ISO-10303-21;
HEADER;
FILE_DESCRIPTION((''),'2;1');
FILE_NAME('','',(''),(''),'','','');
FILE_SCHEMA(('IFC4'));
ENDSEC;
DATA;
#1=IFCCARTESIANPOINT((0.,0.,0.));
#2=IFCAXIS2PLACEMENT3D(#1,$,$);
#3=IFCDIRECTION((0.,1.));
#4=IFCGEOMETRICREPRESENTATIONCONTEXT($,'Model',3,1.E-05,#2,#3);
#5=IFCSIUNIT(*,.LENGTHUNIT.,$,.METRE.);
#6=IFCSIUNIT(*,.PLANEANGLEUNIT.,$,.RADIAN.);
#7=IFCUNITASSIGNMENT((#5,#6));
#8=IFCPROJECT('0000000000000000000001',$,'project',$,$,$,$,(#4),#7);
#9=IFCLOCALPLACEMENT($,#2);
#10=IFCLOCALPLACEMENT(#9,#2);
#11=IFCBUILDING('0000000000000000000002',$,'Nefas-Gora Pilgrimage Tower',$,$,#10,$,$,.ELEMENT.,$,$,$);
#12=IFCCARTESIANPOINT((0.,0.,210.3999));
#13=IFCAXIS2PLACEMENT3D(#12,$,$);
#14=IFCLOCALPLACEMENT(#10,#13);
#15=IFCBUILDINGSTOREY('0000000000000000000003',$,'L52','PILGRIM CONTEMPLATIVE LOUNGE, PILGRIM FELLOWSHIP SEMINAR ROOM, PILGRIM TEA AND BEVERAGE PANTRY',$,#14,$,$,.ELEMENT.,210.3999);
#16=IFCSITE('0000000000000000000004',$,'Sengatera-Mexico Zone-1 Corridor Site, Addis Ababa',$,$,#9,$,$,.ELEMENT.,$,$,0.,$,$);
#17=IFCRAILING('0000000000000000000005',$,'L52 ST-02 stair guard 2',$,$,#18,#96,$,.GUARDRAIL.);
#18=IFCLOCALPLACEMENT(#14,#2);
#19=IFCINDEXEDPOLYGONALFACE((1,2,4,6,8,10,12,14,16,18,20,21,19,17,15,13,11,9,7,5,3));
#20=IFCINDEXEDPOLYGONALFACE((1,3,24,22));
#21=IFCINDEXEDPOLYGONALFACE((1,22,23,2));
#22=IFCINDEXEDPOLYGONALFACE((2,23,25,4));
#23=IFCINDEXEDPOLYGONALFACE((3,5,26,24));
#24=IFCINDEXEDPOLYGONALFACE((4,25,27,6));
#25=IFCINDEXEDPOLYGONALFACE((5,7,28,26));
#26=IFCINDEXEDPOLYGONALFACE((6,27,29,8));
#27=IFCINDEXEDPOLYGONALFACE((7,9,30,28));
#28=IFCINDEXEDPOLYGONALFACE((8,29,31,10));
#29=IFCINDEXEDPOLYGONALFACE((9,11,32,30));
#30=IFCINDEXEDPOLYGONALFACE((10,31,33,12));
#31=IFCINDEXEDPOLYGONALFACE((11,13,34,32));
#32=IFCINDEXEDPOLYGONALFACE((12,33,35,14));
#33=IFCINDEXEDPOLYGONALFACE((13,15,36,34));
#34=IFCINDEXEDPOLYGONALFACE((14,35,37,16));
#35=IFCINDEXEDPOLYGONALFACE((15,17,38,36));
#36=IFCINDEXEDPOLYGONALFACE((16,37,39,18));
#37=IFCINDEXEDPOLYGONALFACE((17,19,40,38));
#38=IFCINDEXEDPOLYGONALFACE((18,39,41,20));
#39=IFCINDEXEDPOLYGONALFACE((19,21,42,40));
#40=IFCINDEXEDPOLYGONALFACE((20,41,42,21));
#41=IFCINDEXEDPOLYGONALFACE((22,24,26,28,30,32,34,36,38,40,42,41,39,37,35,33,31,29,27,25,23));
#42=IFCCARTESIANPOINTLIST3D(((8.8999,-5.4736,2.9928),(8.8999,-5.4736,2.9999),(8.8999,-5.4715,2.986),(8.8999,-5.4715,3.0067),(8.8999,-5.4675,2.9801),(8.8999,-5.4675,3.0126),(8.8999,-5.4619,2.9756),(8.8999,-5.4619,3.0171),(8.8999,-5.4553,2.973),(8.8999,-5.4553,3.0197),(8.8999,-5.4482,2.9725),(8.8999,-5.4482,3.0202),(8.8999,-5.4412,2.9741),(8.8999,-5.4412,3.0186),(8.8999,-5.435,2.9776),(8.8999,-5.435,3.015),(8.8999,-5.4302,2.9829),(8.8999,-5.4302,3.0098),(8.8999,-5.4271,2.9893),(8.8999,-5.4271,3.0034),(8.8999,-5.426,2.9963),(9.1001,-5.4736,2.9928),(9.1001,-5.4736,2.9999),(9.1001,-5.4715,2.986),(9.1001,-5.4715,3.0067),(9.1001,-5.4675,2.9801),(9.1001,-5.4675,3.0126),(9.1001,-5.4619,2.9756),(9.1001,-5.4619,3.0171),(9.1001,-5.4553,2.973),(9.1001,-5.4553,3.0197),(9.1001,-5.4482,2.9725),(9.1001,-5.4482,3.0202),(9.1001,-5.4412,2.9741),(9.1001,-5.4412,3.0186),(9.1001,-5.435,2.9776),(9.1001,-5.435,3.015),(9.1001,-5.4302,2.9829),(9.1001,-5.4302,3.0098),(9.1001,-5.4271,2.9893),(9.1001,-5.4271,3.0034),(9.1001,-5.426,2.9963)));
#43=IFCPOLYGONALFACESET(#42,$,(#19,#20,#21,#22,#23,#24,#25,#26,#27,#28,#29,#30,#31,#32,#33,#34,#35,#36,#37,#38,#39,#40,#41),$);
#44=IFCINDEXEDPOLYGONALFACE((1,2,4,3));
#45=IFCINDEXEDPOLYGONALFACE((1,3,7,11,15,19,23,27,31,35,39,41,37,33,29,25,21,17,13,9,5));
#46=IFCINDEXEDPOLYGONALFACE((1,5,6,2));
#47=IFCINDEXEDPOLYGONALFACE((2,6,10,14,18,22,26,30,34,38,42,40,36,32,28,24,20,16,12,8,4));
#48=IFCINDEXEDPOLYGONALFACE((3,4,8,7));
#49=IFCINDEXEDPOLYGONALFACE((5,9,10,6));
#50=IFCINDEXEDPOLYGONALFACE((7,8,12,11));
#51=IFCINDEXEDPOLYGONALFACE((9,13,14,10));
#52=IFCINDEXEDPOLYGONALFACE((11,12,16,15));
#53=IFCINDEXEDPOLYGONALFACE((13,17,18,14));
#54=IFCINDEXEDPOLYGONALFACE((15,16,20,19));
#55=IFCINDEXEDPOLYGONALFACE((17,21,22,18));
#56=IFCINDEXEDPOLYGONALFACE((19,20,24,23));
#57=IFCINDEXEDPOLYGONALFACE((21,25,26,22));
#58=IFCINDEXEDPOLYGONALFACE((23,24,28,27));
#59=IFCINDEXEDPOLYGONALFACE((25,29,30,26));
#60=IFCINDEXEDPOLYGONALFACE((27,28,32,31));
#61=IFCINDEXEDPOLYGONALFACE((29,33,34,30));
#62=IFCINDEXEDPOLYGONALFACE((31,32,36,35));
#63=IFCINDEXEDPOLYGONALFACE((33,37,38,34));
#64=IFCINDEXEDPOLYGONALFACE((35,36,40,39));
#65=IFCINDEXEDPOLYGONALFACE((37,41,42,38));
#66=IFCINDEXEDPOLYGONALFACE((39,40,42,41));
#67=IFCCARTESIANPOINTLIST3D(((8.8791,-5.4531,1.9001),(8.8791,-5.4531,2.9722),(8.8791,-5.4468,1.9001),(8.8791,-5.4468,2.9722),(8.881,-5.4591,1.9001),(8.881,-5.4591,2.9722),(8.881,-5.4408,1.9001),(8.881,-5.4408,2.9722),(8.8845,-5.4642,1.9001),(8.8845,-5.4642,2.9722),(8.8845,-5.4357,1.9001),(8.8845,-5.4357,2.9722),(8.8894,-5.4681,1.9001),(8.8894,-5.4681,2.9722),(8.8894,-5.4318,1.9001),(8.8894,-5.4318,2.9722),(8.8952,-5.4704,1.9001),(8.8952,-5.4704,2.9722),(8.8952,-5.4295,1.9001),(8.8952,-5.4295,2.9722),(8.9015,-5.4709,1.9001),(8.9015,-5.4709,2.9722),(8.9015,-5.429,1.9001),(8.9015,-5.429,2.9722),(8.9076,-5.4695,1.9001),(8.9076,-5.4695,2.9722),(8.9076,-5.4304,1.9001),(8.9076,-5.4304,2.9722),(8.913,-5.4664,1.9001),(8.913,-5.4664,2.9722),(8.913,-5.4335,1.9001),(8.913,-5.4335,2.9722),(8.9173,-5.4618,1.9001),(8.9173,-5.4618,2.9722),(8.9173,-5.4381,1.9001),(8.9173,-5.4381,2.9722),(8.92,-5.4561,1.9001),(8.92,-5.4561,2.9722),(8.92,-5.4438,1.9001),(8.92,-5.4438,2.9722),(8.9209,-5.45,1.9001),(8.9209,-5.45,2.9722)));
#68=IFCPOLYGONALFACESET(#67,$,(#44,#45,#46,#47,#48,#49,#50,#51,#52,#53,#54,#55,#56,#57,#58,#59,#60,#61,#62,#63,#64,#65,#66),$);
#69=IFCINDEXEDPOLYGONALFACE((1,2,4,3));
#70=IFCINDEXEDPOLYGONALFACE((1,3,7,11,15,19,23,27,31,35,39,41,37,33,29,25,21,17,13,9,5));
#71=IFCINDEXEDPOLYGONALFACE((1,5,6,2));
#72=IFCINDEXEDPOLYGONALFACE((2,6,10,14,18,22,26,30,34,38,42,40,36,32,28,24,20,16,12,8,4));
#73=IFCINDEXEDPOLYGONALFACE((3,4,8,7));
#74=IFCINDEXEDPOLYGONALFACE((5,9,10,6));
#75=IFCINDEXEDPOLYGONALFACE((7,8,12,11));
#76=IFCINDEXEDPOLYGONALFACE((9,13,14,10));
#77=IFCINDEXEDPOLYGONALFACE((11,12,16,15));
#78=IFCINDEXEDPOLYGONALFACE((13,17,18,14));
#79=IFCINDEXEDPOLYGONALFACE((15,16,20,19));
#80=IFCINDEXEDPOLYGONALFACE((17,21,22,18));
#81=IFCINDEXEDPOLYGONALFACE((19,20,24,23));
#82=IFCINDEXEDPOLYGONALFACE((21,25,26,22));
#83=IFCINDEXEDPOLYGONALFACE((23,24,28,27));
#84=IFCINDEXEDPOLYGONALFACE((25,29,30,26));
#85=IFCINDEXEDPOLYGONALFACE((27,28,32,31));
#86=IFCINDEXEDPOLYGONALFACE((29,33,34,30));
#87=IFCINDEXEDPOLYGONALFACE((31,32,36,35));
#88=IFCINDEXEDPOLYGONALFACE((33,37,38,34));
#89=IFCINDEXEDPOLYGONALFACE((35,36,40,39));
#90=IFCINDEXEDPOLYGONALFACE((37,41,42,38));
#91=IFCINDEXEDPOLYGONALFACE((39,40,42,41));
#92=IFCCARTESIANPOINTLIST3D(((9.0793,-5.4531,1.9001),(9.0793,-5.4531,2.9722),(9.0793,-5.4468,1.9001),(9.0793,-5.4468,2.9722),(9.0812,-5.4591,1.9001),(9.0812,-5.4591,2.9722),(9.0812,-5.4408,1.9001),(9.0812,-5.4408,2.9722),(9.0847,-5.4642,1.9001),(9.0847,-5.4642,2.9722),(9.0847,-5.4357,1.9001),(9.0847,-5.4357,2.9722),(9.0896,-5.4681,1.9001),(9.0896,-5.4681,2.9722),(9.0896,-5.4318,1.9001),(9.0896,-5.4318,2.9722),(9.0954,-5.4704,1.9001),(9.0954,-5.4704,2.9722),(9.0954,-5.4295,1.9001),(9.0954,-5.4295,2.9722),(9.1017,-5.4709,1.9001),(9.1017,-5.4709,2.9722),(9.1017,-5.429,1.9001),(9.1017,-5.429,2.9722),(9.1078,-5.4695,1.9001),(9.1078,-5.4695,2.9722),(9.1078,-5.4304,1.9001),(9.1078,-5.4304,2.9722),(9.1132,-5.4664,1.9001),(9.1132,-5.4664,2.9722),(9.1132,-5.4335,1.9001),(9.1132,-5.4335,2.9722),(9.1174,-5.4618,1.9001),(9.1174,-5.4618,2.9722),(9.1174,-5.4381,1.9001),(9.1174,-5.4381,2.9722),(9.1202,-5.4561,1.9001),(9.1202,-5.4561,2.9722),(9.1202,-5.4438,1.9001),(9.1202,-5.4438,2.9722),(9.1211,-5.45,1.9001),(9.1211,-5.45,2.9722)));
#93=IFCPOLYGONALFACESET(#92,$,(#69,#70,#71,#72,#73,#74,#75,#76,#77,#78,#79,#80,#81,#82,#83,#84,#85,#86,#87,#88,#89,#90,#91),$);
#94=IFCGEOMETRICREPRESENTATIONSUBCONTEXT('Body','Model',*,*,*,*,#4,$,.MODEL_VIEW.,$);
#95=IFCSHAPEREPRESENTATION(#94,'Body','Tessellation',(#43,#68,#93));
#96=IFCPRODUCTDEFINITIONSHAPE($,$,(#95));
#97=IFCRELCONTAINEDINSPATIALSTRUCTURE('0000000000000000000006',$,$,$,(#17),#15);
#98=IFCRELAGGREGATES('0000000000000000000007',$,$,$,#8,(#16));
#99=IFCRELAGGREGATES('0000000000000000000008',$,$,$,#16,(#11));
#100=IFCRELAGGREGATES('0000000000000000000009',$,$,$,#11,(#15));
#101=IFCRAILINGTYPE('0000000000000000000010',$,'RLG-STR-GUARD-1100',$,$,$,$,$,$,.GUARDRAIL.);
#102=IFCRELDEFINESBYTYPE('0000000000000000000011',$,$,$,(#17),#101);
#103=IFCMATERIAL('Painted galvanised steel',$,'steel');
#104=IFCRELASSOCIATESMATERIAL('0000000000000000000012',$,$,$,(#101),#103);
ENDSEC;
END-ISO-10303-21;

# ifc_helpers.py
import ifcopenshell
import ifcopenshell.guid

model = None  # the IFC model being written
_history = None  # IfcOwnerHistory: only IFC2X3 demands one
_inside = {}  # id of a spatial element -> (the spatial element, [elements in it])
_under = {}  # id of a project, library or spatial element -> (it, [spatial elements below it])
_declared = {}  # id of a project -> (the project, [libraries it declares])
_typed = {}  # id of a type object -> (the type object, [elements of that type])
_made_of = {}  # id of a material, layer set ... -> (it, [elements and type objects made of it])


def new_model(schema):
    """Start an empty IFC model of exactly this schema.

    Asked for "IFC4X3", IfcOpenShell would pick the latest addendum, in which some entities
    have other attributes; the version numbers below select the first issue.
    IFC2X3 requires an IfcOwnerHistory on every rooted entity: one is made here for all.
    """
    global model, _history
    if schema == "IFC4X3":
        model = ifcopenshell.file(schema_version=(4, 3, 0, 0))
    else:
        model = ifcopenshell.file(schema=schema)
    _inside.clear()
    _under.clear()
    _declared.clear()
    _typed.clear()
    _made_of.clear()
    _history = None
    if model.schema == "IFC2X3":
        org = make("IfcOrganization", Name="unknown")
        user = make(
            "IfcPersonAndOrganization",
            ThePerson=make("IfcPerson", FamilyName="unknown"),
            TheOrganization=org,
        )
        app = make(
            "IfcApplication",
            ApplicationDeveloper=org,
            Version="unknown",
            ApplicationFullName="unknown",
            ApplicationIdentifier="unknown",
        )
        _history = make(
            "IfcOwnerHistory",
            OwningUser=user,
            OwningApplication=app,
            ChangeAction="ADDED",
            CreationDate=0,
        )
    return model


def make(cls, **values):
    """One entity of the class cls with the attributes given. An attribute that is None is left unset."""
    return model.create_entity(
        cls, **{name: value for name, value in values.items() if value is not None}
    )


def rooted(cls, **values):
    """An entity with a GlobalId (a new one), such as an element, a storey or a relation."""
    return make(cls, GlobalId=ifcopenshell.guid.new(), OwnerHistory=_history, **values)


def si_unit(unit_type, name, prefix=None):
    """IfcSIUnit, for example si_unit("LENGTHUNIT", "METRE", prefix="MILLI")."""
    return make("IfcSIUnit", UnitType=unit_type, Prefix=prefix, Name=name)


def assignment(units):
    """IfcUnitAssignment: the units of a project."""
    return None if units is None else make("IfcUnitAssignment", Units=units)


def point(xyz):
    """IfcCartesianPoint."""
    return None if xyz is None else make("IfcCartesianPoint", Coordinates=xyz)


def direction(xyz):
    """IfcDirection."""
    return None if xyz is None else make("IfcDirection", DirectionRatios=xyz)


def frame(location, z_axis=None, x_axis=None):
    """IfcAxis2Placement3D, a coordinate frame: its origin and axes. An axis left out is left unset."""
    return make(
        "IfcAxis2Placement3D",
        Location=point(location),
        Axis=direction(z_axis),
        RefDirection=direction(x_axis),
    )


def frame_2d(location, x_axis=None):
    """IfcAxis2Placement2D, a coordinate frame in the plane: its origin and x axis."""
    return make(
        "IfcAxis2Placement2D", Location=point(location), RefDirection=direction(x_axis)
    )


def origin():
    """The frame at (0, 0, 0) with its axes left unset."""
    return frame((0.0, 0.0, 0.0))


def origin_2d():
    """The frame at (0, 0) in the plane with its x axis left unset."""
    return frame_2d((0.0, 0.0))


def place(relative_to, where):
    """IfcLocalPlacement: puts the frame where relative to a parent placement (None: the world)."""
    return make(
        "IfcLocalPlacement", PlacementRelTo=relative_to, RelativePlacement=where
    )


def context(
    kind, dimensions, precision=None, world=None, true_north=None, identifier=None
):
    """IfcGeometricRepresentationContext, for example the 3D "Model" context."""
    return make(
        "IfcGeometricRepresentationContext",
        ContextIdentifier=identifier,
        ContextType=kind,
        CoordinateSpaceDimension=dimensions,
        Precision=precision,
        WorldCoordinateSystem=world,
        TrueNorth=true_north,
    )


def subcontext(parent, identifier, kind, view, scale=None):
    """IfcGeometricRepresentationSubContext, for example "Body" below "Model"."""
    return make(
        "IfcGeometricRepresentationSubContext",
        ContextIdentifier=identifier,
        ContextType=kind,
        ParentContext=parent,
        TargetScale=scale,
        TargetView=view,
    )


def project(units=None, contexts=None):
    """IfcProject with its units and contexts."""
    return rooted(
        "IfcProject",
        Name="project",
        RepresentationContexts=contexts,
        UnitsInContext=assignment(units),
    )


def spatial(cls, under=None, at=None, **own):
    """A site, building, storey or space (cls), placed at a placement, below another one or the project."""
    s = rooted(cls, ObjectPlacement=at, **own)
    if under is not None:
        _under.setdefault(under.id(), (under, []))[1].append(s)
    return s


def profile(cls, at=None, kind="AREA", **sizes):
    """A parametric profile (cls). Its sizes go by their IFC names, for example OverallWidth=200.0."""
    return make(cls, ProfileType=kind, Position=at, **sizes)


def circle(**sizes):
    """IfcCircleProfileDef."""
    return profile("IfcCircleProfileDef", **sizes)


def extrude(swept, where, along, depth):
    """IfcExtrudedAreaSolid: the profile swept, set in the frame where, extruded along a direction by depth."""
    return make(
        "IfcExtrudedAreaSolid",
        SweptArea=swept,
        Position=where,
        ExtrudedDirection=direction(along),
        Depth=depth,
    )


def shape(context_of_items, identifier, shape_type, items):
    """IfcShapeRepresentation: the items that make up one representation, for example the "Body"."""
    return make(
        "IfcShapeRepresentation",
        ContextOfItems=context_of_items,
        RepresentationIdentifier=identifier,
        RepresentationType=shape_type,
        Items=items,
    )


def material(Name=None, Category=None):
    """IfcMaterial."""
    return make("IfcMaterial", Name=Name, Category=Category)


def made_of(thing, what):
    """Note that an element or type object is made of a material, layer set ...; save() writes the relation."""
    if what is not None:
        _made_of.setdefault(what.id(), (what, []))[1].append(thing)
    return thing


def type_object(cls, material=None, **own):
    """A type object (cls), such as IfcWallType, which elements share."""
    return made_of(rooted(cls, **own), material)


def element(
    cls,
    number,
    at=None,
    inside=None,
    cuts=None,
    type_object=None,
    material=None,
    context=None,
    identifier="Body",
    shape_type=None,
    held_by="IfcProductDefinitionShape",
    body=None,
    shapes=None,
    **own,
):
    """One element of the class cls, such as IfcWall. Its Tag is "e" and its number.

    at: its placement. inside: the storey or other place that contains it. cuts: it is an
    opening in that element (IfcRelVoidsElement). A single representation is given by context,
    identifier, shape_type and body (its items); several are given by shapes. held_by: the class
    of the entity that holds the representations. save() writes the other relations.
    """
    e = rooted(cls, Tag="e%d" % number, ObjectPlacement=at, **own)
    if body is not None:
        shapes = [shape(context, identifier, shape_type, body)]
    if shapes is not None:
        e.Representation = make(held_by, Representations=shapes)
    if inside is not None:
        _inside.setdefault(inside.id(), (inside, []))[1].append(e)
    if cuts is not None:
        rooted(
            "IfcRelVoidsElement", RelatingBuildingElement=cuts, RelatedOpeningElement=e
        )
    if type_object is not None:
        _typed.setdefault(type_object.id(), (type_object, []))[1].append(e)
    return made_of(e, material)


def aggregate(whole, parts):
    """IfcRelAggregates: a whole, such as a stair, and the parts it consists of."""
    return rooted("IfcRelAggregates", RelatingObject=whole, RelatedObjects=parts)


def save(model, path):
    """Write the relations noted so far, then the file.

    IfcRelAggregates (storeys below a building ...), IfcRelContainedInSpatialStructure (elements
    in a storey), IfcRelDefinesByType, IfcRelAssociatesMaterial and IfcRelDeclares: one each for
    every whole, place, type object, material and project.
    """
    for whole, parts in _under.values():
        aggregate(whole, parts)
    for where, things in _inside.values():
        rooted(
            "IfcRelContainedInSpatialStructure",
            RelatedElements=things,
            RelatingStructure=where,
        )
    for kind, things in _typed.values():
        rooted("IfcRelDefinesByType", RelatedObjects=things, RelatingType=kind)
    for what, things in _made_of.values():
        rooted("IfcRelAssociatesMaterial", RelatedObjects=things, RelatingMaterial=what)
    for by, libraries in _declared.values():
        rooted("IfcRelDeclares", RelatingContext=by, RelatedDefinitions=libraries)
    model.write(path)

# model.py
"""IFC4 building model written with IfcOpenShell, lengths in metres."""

from ifc_helpers import new_model, si_unit, direction, frame, origin, origin_2d, place, context, subcontext, project, spatial, circle, extrude, material, type_object, element, save


model = new_model("IFC4")

# Units and contexts
model_context = context("Model", 3, precision=1e-05, world=origin(), true_north=direction((0.0, 1.0)))
body_context = subcontext(model_context, "Body", "Model", "MODEL_VIEW")
ifc_project = project(units=[si_unit("LENGTHUNIT", "METRE"), si_unit("PLANEANGLEUNIT", "RADIAN")], contexts=[model_context])

# Site, building, storey
site_placement = place(None, origin())
site = spatial("IfcSite", under=ifc_project, at=site_placement, Name="Sengatera-Mexico Zone-1 Corridor Site, Addis Ababa", CompositionType="ELEMENT", RefElevation=0.0)
building_placement = place(site_placement, origin())
building = spatial("IfcBuilding", under=site, at=building_placement, Name="Nefas-Gora Pilgrimage Tower", CompositionType="ELEMENT")
storey_placement = place(building_placement, frame((0.0, 0.0, 210.3999)))
storey = spatial("IfcBuildingStorey", under=building, at=storey_placement, Name="L52", Description="PILGRIM CONTEMPLATIVE LOUNGE, PILGRIM FELLOWSHIP SEMINAR ROOM, PILGRIM TEA AND BEVERAGE PANTRY", CompositionType="ELEMENT", Elevation=210.3999)

# Railing
ifc_material_1 = material(Name="Painted galvanised steel", Category="steel")
railing_type_1 = type_object("IfcRailingType", Name="RLG-STR-GUARD-1100", PredefinedType="GUARDRAIL", material=ifc_material_1)
railing_1_placement = place(storey_placement, frame((8.8999, -5.45, 1.9001)))
element("IfcRailing", 1, at=railing_1_placement, inside=storey, type_object=railing_type_1, Name="L52 ST-02 stair guard 2", PredefinedType="GUARDRAIL", context=body_context, shape_type="SweptSolid", body=[
    extrude(circle(Radius=0.0239, at=origin_2d()), frame((0.0, 0.0, 1.0962), z_axis=(1.0, 0.0, 0.0), x_axis=(0.0, 1.0, 0.0)), (0.0, 0.0, 1.0), 0.2002),
    extrude(circle(Radius=0.021, at=origin_2d()), origin(), (0.0, 0.0, 1.0), 1.072),
    extrude(circle(Radius=0.021, at=origin_2d()), frame((0.2002, 0.0, 0.0)), (0.0, 0.0, 1.0), 1.072),
])

save(model, "model.ifc")
